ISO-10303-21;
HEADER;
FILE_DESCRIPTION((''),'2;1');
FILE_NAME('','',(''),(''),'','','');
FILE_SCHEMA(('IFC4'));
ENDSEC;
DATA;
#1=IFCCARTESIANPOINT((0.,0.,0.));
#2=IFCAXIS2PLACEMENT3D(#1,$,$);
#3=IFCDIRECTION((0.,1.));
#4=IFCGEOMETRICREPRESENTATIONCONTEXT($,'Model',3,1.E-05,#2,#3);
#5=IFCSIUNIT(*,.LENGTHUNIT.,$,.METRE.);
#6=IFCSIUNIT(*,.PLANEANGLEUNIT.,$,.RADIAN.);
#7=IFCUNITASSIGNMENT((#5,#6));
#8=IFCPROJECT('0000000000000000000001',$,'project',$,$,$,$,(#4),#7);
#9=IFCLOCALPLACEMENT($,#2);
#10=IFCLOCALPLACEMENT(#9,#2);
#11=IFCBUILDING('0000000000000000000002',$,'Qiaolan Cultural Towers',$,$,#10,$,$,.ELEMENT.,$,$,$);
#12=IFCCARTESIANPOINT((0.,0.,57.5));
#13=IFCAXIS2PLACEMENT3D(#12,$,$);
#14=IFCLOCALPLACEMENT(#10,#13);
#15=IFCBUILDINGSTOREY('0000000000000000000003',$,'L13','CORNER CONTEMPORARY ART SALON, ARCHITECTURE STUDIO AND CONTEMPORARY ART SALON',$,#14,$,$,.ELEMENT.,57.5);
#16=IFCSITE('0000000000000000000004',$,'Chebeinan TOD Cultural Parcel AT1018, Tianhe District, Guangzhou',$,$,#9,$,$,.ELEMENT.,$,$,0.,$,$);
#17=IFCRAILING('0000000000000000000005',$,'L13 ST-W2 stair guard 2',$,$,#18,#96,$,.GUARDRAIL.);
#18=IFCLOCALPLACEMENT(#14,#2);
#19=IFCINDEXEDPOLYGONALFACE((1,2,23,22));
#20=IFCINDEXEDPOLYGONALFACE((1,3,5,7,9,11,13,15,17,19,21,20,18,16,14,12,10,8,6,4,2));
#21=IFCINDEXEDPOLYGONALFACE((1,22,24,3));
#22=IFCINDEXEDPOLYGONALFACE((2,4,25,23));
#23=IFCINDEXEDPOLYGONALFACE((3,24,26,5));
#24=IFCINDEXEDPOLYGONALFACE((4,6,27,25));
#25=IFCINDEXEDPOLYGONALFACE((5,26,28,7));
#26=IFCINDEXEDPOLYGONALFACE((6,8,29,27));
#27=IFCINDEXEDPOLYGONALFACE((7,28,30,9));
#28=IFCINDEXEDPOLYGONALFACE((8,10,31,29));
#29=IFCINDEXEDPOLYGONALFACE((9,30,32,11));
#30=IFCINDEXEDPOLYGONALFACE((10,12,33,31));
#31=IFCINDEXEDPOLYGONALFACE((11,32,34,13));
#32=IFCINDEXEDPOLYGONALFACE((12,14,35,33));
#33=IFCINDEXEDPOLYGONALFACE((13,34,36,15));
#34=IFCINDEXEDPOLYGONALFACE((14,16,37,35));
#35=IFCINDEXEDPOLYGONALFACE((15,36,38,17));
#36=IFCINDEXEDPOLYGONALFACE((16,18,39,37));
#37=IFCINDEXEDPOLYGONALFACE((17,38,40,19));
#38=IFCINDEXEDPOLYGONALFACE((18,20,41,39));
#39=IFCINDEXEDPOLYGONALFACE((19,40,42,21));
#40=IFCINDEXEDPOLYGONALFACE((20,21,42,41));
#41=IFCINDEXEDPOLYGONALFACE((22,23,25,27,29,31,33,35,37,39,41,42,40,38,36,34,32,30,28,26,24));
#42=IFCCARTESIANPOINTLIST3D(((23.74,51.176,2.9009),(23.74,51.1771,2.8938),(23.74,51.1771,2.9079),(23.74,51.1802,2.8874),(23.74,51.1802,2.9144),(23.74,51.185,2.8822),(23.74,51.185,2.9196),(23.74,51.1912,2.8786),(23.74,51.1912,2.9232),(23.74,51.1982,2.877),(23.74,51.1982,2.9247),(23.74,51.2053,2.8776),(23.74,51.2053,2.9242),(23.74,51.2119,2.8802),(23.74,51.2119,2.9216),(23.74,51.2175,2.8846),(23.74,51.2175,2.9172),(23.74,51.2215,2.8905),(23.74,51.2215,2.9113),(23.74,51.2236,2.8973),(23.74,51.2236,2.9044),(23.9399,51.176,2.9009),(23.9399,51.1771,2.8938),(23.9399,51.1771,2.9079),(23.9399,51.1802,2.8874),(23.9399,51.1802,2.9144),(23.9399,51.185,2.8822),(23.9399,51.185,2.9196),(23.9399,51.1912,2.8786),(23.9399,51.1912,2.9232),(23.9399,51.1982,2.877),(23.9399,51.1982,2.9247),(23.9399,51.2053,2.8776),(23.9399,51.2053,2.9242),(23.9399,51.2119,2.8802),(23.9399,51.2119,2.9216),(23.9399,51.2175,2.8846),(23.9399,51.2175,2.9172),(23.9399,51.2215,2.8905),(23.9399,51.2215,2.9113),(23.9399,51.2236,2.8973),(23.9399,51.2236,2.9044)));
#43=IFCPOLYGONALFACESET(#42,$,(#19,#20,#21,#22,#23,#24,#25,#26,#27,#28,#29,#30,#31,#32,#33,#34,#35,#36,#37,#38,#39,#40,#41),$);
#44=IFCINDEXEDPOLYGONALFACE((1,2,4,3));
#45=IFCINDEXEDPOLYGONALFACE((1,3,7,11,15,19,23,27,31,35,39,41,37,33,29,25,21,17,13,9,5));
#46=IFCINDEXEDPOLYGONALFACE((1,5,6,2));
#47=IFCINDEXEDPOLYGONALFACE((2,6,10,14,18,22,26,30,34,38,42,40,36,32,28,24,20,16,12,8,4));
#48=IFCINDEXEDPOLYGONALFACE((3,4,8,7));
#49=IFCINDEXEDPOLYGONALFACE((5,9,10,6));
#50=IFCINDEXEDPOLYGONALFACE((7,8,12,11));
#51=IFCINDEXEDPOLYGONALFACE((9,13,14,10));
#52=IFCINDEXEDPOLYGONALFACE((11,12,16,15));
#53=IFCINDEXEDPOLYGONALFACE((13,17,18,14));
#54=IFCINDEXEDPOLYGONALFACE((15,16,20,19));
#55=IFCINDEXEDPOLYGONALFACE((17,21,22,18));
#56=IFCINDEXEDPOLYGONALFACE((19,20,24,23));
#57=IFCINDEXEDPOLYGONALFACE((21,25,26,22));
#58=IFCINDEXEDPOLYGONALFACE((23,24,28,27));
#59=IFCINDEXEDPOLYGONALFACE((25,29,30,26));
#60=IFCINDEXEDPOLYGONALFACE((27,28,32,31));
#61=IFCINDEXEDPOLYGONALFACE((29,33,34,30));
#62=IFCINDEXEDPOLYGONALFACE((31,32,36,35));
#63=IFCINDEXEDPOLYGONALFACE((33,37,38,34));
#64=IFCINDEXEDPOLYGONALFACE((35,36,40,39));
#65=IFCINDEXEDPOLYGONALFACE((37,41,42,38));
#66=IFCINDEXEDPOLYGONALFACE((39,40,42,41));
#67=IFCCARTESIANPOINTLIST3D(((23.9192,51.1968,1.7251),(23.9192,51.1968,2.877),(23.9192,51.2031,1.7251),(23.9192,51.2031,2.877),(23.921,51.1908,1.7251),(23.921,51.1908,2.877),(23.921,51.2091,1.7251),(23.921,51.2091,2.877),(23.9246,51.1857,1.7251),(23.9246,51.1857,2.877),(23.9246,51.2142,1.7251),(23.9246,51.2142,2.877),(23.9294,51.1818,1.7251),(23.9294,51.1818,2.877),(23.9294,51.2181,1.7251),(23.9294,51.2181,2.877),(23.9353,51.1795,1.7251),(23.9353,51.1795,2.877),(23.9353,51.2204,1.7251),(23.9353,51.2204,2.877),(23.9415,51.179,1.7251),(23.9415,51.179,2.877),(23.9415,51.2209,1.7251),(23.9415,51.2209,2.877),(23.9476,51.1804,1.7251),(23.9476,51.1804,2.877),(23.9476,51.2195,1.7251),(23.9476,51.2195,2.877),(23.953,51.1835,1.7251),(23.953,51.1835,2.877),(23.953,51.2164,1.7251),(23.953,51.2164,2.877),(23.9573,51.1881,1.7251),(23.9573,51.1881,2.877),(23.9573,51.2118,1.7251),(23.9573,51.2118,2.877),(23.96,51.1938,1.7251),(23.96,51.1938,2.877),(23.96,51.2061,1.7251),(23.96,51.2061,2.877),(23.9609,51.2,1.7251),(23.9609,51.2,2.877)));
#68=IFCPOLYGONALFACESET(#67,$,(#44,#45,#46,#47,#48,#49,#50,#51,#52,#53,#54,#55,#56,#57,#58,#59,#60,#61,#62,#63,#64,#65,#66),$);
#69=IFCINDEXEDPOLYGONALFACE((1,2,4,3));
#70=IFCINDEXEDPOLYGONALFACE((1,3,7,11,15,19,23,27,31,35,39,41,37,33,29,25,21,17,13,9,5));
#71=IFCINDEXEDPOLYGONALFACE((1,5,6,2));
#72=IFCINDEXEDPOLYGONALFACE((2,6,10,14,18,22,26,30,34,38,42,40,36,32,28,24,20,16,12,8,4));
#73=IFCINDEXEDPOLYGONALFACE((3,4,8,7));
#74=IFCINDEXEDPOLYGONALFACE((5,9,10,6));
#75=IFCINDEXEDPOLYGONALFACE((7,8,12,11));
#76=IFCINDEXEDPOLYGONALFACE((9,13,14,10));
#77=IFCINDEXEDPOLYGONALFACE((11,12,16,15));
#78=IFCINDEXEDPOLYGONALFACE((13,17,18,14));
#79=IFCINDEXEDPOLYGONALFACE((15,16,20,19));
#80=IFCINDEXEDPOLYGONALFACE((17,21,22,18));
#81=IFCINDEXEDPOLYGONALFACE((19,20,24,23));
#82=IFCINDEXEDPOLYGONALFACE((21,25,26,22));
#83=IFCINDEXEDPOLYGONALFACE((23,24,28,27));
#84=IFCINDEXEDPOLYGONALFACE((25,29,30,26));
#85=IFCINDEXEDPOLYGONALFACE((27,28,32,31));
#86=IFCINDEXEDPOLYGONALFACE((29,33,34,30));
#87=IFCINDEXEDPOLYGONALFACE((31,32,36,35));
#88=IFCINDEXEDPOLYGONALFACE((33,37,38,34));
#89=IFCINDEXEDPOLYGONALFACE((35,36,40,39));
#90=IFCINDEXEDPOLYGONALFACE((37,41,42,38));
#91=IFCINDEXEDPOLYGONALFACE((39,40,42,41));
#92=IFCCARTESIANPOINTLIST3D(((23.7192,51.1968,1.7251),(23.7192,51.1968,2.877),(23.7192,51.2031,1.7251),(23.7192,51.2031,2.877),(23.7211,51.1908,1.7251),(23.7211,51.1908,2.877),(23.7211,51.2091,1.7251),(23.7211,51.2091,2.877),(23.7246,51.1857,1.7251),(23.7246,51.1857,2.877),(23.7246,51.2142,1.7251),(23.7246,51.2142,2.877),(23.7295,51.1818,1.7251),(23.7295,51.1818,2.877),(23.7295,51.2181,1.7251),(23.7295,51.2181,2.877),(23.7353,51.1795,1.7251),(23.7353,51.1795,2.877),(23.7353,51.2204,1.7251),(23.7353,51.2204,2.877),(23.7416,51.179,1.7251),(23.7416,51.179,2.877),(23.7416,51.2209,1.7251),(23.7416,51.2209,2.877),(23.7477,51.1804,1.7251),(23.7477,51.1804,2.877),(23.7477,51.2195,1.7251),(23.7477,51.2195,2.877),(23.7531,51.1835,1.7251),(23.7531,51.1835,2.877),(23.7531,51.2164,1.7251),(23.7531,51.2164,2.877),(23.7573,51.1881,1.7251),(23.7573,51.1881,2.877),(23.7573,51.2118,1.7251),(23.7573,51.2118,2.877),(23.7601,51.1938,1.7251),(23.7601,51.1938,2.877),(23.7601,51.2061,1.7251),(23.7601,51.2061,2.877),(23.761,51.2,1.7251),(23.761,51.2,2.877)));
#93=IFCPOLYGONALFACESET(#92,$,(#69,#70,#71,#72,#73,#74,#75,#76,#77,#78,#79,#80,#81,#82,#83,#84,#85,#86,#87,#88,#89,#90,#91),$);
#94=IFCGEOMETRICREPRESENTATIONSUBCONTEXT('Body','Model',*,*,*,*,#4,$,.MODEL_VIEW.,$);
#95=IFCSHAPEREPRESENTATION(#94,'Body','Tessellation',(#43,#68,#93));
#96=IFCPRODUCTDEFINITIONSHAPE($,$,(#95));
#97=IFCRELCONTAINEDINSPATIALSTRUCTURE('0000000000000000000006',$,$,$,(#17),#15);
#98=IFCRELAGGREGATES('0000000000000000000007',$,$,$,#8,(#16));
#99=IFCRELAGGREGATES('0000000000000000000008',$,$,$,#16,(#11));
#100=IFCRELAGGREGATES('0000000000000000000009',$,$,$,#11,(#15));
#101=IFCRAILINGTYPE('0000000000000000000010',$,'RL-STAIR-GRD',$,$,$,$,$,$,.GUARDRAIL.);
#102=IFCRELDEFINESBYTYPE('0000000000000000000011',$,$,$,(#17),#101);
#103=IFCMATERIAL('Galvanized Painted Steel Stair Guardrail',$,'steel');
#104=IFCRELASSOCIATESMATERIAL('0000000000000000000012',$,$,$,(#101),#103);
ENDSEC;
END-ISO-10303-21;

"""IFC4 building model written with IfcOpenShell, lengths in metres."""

from ifc_helpers import new_model, si_unit, direction, frame, origin, origin_2d, place, context, subcontext, project, spatial, circle, extrude, material, type_object, element, save


model = new_model("IFC4")

# Units and contexts
model_context = context("Model", 3, precision=1e-05, world=origin(), true_north=direction((0.0, 1.0)))
body_context = subcontext(model_context, "Body", "Model", "MODEL_VIEW")
ifc_project = project(units=[si_unit("LENGTHUNIT", "METRE"), si_unit("PLANEANGLEUNIT", "RADIAN")], contexts=[model_context])

# Site, building, storey
site_placement = place(None, origin())
site = spatial("IfcSite", under=ifc_project, at=site_placement, Name="Chebeinan TOD Cultural Parcel AT1018, Tianhe District, Guangzhou", CompositionType="ELEMENT", RefElevation=0.0)
building_placement = place(site_placement, origin())
building = spatial("IfcBuilding", under=site, at=building_placement, Name="Qiaolan Cultural Towers", CompositionType="ELEMENT")
storey_placement = place(building_placement, frame((0.0, 0.0, 57.5)))
storey = spatial("IfcBuildingStorey", under=building, at=storey_placement, Name="L13", Description="CORNER CONTEMPORARY ART SALON, ARCHITECTURE STUDIO AND CONTEMPORARY ART SALON", CompositionType="ELEMENT", Elevation=57.5)

# Railing
ifc_material_1 = material(Name="Galvanized Painted Steel Stair Guardrail", Category="steel")
railing_type_1 = type_object("IfcRailingType", Name="RL-STAIR-GRD", PredefinedType="GUARDRAIL", material=ifc_material_1)
railing_1_placement = place(storey_placement, frame((23.9399, 51.2, 1.7251)))
element("IfcRailing", 1, at=railing_1_placement, inside=storey, type_object=railing_type_1, Name="L13 ST-W2 stair guard 2", PredefinedType="GUARDRAIL", context=body_context, shape_type="SweptSolid", body=[
    extrude(circle(Radius=0.0239, at=origin_2d()), frame((0.0, 0.0, 1.1758), z_axis=(-1.0, 0.0, 0.0), x_axis=(0.0, -1.0, 0.0)), (0.0, 0.0, 1.0), 0.2),
    extrude(circle(Radius=0.021, at=origin_2d()), origin(), (0.0, 0.0, 1.0), 1.1519),
    extrude(circle(Radius=0.021, at=origin_2d()), frame((-0.2, 0.0, 0.0)), (0.0, 0.0, 1.0), 1.1519),
])

save(model, "model.ifc")
